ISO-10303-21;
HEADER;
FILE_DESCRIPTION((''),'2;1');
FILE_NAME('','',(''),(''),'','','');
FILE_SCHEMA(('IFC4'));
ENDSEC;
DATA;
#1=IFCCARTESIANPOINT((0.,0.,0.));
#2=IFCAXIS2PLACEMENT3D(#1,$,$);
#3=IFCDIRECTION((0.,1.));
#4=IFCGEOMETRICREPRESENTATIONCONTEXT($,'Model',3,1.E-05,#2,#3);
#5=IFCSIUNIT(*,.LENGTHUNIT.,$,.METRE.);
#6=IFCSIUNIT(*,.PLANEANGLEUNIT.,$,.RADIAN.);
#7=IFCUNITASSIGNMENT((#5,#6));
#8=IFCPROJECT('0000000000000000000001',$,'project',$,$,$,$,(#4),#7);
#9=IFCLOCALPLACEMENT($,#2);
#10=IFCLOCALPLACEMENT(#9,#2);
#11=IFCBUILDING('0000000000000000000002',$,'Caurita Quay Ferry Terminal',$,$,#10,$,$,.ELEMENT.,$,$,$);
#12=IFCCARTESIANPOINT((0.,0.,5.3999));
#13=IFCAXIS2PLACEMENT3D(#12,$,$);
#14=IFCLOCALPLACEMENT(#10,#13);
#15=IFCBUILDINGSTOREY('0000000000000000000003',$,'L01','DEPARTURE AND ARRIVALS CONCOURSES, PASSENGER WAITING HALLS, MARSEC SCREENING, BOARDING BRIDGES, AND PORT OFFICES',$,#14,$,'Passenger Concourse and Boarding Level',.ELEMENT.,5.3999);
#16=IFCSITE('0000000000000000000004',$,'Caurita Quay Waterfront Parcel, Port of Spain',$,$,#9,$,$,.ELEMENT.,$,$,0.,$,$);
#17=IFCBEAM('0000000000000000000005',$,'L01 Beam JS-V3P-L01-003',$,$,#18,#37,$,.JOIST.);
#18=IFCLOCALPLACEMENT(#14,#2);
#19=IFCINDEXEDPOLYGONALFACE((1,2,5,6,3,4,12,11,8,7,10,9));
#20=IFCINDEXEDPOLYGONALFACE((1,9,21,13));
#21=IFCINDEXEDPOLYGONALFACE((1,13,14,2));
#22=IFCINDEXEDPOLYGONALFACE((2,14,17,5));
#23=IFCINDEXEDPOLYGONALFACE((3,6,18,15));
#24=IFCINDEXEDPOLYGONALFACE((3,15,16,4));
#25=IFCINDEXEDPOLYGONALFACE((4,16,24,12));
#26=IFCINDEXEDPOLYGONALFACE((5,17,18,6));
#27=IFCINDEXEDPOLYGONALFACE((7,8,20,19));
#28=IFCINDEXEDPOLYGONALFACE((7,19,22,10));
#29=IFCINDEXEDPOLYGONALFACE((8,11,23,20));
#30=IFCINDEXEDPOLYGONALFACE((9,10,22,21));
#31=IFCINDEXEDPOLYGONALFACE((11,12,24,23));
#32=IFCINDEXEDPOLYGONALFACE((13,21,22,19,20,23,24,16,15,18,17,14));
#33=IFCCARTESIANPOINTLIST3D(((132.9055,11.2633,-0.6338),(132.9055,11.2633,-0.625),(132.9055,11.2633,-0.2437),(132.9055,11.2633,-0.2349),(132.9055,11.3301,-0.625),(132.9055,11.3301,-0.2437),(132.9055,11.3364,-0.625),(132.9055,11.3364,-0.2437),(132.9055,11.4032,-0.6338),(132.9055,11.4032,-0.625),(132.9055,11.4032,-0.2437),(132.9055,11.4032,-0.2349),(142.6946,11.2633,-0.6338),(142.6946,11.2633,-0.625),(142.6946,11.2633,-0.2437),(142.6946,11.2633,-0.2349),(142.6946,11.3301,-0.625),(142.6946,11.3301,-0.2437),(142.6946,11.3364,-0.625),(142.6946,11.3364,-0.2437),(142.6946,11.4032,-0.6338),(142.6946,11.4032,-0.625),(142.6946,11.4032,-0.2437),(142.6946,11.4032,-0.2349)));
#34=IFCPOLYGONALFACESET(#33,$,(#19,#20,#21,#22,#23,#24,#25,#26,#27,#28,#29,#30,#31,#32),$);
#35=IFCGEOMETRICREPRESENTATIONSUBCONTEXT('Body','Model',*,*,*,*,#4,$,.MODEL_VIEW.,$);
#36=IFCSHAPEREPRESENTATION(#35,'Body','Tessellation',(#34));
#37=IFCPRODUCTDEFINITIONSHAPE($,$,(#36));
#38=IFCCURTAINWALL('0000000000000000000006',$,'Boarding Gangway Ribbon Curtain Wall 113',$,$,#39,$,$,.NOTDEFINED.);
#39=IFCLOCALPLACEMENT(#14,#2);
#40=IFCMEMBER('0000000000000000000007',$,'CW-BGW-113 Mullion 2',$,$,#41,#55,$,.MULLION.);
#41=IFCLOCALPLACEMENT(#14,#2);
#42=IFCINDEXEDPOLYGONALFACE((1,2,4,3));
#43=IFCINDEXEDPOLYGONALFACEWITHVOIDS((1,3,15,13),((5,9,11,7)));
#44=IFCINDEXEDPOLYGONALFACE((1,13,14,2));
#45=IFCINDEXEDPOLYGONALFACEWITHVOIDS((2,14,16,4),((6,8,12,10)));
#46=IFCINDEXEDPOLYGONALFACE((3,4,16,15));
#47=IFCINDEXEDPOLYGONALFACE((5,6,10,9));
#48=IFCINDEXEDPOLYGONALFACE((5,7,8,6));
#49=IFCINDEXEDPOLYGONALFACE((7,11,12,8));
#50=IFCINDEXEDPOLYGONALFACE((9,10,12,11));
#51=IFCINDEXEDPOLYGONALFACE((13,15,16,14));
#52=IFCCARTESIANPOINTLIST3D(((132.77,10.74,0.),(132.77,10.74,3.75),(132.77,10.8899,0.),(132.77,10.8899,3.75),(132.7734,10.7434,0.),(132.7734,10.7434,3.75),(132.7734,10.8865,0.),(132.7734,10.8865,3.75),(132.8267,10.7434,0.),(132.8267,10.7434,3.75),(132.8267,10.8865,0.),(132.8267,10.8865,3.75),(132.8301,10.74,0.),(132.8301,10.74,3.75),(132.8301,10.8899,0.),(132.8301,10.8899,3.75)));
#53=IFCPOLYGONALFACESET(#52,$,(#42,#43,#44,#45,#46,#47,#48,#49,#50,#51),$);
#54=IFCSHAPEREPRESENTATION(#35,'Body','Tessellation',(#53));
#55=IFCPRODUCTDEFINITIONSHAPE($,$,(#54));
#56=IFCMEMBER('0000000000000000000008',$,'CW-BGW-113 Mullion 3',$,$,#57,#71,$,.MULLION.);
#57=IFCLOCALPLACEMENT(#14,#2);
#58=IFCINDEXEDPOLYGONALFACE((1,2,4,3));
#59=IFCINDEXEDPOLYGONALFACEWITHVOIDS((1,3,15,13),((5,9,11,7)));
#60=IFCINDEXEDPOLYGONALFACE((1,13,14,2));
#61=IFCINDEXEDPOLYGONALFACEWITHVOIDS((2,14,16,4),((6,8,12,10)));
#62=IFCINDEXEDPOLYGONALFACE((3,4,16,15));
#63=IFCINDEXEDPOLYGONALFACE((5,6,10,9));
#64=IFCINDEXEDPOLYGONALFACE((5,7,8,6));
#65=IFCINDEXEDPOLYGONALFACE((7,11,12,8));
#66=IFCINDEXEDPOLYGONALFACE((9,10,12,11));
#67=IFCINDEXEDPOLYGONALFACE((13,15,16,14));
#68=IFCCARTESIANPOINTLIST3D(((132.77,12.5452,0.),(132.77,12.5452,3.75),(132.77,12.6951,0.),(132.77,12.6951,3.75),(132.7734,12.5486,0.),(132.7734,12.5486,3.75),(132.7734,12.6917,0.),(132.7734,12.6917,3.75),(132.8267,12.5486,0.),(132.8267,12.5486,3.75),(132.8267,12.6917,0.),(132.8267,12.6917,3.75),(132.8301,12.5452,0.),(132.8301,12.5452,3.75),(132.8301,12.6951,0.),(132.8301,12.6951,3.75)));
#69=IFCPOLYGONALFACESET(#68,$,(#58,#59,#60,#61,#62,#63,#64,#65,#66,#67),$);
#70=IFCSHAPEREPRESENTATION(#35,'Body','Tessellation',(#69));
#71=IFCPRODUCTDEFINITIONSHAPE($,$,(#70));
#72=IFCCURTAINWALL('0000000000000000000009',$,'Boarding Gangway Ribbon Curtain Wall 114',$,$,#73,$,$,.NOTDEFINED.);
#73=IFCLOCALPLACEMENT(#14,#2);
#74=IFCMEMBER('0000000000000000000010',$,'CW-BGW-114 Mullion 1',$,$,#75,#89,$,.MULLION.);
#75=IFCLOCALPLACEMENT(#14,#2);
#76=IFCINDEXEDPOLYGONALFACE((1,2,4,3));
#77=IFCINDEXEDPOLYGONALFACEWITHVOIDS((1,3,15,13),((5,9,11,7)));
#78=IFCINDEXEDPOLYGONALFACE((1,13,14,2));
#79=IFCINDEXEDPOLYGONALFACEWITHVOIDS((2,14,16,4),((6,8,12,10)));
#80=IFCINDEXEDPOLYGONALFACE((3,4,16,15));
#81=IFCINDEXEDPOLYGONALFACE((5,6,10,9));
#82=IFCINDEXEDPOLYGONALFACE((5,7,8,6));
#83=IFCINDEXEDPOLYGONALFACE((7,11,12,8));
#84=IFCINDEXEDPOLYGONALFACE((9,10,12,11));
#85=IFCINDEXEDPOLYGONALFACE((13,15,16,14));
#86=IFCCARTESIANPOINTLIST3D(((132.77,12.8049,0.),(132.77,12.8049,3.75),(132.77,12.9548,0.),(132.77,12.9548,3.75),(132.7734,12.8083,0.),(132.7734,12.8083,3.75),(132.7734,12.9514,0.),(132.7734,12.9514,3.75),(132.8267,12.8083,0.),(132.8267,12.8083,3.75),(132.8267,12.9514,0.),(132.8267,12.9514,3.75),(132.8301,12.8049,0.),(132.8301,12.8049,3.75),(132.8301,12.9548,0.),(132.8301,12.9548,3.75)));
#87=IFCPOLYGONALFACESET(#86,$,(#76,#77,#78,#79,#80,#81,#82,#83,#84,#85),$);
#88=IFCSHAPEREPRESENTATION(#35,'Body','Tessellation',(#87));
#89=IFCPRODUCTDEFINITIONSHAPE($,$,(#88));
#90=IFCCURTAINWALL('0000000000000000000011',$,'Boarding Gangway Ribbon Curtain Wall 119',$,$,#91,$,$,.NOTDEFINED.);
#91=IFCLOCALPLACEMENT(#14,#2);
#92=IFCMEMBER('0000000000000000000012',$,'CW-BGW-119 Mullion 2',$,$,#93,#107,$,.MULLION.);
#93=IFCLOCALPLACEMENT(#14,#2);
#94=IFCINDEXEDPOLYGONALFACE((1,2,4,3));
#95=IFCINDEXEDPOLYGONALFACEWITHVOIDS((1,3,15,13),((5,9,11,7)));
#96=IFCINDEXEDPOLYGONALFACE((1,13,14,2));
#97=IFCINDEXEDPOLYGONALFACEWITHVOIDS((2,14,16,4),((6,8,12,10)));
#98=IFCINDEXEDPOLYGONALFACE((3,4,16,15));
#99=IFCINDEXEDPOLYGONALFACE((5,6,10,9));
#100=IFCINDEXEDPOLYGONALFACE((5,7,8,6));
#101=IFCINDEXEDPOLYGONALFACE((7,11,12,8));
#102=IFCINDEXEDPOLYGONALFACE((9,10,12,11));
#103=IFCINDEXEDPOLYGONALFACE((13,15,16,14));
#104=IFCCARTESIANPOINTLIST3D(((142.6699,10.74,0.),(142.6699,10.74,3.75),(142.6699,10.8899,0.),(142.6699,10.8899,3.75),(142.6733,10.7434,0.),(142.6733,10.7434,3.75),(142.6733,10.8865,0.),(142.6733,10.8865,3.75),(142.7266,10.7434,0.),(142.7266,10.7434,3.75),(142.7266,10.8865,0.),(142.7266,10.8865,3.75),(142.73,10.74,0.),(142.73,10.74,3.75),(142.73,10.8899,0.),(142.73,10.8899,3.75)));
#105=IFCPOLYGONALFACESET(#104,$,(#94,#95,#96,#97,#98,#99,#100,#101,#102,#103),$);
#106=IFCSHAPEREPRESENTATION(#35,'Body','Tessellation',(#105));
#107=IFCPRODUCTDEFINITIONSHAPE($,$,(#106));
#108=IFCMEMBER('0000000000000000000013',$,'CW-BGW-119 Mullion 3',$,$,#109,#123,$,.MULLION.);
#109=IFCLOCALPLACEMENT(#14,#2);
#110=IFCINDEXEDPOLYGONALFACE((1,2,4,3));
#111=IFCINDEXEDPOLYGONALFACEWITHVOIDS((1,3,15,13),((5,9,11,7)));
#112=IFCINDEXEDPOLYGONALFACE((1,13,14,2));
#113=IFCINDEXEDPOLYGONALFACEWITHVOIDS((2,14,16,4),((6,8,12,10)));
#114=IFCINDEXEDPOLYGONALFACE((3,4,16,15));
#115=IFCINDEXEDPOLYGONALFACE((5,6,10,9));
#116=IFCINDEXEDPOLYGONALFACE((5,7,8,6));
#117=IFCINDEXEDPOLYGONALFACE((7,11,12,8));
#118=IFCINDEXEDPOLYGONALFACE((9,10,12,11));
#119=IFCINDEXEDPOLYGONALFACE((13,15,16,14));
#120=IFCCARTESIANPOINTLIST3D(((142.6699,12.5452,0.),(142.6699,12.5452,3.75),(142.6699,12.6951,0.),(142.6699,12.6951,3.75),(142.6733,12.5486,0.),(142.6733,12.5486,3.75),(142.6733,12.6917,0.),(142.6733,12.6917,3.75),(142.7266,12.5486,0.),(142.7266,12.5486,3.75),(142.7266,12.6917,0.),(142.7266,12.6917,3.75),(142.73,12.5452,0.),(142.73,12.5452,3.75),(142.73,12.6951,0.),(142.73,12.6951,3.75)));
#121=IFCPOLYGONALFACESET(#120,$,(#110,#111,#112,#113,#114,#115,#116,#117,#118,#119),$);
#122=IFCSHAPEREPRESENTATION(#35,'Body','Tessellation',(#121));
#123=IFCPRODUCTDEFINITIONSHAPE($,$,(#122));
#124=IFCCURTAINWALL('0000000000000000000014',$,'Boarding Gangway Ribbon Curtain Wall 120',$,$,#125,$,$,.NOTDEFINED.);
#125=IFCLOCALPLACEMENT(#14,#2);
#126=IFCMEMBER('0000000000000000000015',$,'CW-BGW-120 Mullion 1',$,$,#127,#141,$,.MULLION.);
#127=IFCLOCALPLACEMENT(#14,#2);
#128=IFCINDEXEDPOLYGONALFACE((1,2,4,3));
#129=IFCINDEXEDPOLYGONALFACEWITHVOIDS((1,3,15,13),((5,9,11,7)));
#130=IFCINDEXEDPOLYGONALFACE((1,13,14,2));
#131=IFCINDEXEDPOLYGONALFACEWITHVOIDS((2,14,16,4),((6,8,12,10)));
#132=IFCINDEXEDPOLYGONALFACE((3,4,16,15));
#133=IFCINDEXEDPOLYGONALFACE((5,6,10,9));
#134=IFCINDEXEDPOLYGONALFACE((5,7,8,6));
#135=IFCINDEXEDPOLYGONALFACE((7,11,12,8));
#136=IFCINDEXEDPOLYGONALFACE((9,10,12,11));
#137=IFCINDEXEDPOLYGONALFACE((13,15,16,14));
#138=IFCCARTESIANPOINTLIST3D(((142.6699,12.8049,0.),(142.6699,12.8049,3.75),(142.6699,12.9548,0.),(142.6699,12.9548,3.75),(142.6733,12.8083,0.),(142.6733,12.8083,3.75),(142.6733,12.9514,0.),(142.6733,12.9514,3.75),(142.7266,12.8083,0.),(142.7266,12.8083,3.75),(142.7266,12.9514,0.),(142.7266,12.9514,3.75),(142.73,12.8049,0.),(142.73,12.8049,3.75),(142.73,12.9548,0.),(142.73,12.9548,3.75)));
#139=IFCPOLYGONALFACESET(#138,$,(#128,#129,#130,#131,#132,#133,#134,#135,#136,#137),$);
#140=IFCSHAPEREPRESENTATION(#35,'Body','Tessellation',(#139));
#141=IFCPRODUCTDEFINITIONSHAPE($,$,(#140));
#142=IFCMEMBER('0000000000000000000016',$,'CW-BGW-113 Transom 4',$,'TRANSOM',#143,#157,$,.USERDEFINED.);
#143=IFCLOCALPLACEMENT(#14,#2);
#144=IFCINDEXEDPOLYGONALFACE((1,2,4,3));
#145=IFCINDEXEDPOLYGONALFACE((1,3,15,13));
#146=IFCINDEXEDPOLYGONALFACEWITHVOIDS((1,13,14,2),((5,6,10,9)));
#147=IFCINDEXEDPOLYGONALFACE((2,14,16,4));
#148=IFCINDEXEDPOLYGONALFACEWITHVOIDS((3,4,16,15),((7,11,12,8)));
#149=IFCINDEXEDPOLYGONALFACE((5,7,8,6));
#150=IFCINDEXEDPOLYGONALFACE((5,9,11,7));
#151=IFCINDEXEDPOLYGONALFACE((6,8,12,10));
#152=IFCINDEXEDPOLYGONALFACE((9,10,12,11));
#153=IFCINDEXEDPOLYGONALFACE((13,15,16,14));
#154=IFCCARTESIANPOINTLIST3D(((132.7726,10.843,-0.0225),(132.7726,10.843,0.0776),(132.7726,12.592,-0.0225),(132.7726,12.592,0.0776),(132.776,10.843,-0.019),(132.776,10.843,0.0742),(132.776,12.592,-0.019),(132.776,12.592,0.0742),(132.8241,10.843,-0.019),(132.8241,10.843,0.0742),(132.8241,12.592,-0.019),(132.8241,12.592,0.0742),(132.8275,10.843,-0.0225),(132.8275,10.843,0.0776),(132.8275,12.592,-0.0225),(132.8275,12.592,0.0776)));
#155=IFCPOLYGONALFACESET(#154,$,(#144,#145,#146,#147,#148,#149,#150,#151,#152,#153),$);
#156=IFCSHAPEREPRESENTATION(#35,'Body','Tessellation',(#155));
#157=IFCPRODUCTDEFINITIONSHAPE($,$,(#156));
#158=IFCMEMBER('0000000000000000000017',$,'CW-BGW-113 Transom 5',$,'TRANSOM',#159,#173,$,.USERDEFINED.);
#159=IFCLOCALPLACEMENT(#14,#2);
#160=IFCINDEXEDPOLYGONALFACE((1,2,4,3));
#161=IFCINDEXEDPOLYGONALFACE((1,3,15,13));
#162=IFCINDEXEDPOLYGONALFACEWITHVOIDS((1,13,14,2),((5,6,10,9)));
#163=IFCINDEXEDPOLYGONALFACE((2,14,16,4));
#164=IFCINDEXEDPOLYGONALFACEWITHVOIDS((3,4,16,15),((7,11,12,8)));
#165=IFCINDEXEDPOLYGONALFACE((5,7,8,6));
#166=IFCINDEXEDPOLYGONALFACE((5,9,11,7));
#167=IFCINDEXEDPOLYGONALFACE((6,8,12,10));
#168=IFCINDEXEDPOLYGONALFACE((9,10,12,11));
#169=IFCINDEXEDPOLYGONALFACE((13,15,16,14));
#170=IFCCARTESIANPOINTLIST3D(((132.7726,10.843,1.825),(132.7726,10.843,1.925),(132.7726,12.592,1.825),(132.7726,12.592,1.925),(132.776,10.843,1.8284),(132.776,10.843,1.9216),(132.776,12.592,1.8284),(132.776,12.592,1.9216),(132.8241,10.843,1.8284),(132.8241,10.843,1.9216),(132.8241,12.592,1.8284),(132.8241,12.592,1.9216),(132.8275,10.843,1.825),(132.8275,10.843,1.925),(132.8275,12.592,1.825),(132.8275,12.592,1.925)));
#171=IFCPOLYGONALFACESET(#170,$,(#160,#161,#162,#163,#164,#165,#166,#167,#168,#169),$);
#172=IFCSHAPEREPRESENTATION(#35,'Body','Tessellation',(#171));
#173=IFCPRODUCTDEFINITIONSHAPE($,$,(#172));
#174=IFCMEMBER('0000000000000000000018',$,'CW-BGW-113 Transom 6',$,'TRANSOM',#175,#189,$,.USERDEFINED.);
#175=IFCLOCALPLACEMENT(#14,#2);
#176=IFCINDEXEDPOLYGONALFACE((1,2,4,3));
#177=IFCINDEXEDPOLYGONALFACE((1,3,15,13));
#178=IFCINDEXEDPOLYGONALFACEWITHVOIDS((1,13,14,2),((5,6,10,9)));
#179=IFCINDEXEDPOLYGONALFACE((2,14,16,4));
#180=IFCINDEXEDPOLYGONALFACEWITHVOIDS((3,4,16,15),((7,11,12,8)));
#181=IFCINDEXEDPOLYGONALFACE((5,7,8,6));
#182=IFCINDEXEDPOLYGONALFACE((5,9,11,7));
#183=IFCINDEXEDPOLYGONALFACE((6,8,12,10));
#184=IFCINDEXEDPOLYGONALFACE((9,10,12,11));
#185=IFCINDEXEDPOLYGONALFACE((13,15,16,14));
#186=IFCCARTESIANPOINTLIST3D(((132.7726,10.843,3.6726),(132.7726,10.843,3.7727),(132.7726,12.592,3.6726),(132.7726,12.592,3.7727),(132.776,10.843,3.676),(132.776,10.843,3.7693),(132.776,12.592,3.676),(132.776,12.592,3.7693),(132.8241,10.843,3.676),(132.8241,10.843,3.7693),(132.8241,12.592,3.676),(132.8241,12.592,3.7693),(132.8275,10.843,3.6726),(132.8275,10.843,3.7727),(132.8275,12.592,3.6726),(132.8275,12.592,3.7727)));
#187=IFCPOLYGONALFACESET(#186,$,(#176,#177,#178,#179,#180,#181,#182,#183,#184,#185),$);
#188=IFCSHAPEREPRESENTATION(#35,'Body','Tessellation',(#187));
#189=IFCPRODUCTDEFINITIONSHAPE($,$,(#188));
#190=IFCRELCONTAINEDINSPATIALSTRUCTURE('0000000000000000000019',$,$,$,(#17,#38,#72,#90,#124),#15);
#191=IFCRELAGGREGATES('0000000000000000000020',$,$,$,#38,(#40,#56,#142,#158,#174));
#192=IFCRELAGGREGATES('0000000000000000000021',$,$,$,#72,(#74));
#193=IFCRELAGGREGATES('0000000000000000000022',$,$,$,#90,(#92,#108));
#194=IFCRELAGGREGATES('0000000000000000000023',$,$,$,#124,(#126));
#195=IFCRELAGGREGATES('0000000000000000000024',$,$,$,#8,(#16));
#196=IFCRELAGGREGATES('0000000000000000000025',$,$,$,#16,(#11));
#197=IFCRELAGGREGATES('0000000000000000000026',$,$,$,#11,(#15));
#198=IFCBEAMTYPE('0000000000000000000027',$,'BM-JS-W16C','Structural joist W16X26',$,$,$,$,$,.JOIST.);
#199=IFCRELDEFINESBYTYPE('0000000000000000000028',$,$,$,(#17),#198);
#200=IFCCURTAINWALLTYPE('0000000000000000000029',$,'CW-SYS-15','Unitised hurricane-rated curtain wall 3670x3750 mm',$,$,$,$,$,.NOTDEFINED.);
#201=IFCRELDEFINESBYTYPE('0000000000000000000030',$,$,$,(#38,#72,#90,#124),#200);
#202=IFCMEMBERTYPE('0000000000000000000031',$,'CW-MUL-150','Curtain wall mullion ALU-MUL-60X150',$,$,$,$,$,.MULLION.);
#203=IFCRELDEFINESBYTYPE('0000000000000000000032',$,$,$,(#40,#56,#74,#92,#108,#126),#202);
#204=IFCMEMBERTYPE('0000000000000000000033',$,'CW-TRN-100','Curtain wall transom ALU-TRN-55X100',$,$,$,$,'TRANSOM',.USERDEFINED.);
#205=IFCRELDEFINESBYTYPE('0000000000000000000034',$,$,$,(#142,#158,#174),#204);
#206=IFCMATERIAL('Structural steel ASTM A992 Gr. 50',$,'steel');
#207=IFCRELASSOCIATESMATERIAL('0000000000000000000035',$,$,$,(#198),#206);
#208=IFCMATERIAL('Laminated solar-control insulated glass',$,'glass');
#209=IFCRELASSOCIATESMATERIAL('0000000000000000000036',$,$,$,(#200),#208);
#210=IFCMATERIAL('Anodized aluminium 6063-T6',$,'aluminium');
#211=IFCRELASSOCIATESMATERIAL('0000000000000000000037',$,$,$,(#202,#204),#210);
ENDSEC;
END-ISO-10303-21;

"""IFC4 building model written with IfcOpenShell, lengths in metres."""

from ifc_helpers import new_model, si_unit, direction, frame, origin, origin_2d, place, context, subcontext, project, spatial, hollow_rectangle, i_section, extrude, material, material_profile, profile_set, type_object, element, aggregate, save


model = new_model("IFC4")

# Units and contexts
model_context = context("Model", 3, precision=1e-05, world=origin(), true_north=direction((0.0, 1.0)))
body_context = subcontext(model_context, "Body", "Model", "MODEL_VIEW")
ifc_project = project(units=[si_unit("LENGTHUNIT", "METRE"), si_unit("PLANEANGLEUNIT", "RADIAN")], contexts=[model_context])

# Site, building, storey
site_placement = place(None, origin())
site = spatial("IfcSite", under=ifc_project, at=site_placement, Name="Caurita Quay Waterfront Parcel, Port of Spain", CompositionType="ELEMENT", RefElevation=0.0)
building_placement = place(site_placement, origin())
building = spatial("IfcBuilding", under=site, at=building_placement, Name="Caurita Quay Ferry Terminal", CompositionType="ELEMENT")
storey_placement = place(building_placement, frame((0.0, 0.0, 5.3999)))
storey = spatial("IfcBuildingStorey", under=building, at=storey_placement, Name="L01", Description="DEPARTURE AND ARRIVALS CONCOURSES, PASSENGER WAITING HALLS, MARSEC SCREENING, BOARDING BRIDGES, AND PORT OFFICES", LongName="Passenger Concourse and Boarding Level", CompositionType="ELEMENT", Elevation=5.3999)

# Beam
ifc_material_1 = material(Name="Structural steel ASTM A992 Gr. 50", Category="steel")
ifc_material_profile_1 = material_profile(ifc_material_1, i_section(OverallWidth=0.1399, OverallDepth=0.3989, WebThickness=0.0063, FlangeThickness=0.0088, at=origin_2d()), Name="W16X26")
ifc_profile_set_1 = profile_set([ifc_material_profile_1], Name="Structural steel ASTM A992 Gr. 50")
beam_type = type_object("IfcBeamType", Name="BM-JS-W16C", Description="Structural joist W16X26", PredefinedType="JOIST", material=ifc_profile_set_1)
beam_placement = place(storey_placement, frame((132.9055, 11.3333, -0.4343), z_axis=(1.0, 0.0, 0.0), x_axis=(0.0, 1.0, 0.0)))
element("IfcBeam", 1, at=beam_placement, inside=storey, type_object=beam_type, Name="L01 Beam JS-V3P-L01-003", PredefinedType="JOIST", context=body_context, shape_type="SweptSolid", body=[
    extrude(i_section(OverallWidth=0.1399, OverallDepth=0.3989, WebThickness=0.0063, FlangeThickness=0.0088, at=origin_2d()), origin(), (0.0, 0.0, 1.0), 9.7891),
])

# Curtain wall, members
ifc_material_2 = material(Name="Laminated solar-control insulated glass", Category="glass")
curtain_wall_type = type_object("IfcCurtainWallType", Name="CW-SYS-15", Description="Unitised hurricane-rated curtain wall 3670x3750 mm", PredefinedType="NOTDEFINED", material=ifc_material_2)
curtain_wall_1_placement = place(storey_placement, origin())
curtain_wall_1 = element("IfcCurtainWall", 2, at=curtain_wall_1_placement, inside=storey, type_object=curtain_wall_type, Name="Boarding Gangway Ribbon Curtain Wall 113", PredefinedType="NOTDEFINED")
ifc_material_3 = material(Name="Anodized aluminium 6063-T6", Category="aluminium")
ifc_material_profile_2 = material_profile(ifc_material_3, hollow_rectangle(XDim=0.0601, YDim=0.1499, WallThickness=0.0034, at=origin_2d()), Name="ALU-MUL-60X150")
ifc_profile_set_2 = profile_set([ifc_material_profile_2], Name="Anodized aluminium 6063-T6")
member_type_1 = type_object("IfcMemberType", Name="CW-MUL-150", Description="Curtain wall mullion ALU-MUL-60X150", PredefinedType="MULLION", material=ifc_profile_set_2)
member_1_placement = place(storey_placement, frame((132.8, 10.8149, 0.0), z_axis=(0.0, 0.0, 1.0), x_axis=(-1.0, 0.0, 0.0)))
member_1 = element("IfcMember", 3, at=member_1_placement, type_object=member_type_1, Name="CW-BGW-113 Mullion 2", PredefinedType="MULLION", context=body_context, shape_type="SweptSolid", body=[
    extrude(hollow_rectangle(XDim=0.0601, YDim=0.1499, WallThickness=0.0034, at=origin_2d()), origin(), (0.0, 0.0, 1.0), 3.75),
])
member_2_placement = place(storey_placement, frame((132.8, 12.6201, 0.0), z_axis=(0.0, 0.0, 1.0), x_axis=(-1.0, 0.0, 0.0)))
member_2 = element("IfcMember", 4, at=member_2_placement, type_object=member_type_1, Name="CW-BGW-113 Mullion 3", PredefinedType="MULLION", context=body_context, shape_type="SweptSolid", body=[
    extrude(hollow_rectangle(XDim=0.0601, YDim=0.1499, WallThickness=0.0034, at=origin_2d()), origin(), (0.0, 0.0, 1.0), 3.75),
])

# Curtain wall, member
curtain_wall_2_placement = place(storey_placement, origin())
curtain_wall_2 = element("IfcCurtainWall", 5, at=curtain_wall_2_placement, inside=storey, type_object=curtain_wall_type, Name="Boarding Gangway Ribbon Curtain Wall 114", PredefinedType="NOTDEFINED")
member_3_placement = place(storey_placement, frame((132.8, 12.8799, 0.0), z_axis=(0.0, 0.0, 1.0), x_axis=(-1.0, 0.0, 0.0)))
member_3 = element("IfcMember", 6, at=member_3_placement, type_object=member_type_1, Name="CW-BGW-114 Mullion 1", PredefinedType="MULLION", context=body_context, shape_type="SweptSolid", body=[
    extrude(hollow_rectangle(XDim=0.0601, YDim=0.1499, WallThickness=0.0034, at=origin_2d()), origin(), (0.0, 0.0, 1.0), 3.75),
])

# Curtain wall, members
curtain_wall_3_placement = place(storey_placement, origin())
curtain_wall_3 = element("IfcCurtainWall", 7, at=curtain_wall_3_placement, inside=storey, type_object=curtain_wall_type, Name="Boarding Gangway Ribbon Curtain Wall 119", PredefinedType="NOTDEFINED")
member_4_placement = place(storey_placement, frame((142.7, 10.8149, 0.0), z_axis=(0.0, 0.0, 1.0), x_axis=(-1.0, 0.0, 0.0)))
member_4 = element("IfcMember", 8, at=member_4_placement, type_object=member_type_1, Name="CW-BGW-119 Mullion 2", PredefinedType="MULLION", context=body_context, shape_type="SweptSolid", body=[
    extrude(hollow_rectangle(XDim=0.0601, YDim=0.1499, WallThickness=0.0034, at=origin_2d()), origin(), (0.0, 0.0, 1.0), 3.75),
])
member_5_placement = place(storey_placement, frame((142.7, 12.6201, 0.0), z_axis=(0.0, 0.0, 1.0), x_axis=(-1.0, 0.0, 0.0)))
member_5 = element("IfcMember", 9, at=member_5_placement, type_object=member_type_1, Name="CW-BGW-119 Mullion 3", PredefinedType="MULLION", context=body_context, shape_type="SweptSolid", body=[
    extrude(hollow_rectangle(XDim=0.0601, YDim=0.1499, WallThickness=0.0034, at=origin_2d()), origin(), (0.0, 0.0, 1.0), 3.75),
])

# Curtain wall, member
curtain_wall_4_placement = place(storey_placement, origin())
curtain_wall_4 = element("IfcCurtainWall", 10, at=curtain_wall_4_placement, inside=storey, type_object=curtain_wall_type, Name="Boarding Gangway Ribbon Curtain Wall 120", PredefinedType="NOTDEFINED")
member_6_placement = place(storey_placement, frame((142.7, 12.8799, 0.0), z_axis=(0.0, 0.0, 1.0), x_axis=(-1.0, 0.0, 0.0)))
member_6 = element("IfcMember", 11, at=member_6_placement, type_object=member_type_1, Name="CW-BGW-120 Mullion 1", PredefinedType="MULLION", context=body_context, shape_type="SweptSolid", body=[
    extrude(hollow_rectangle(XDim=0.0601, YDim=0.1499, WallThickness=0.0034, at=origin_2d()), origin(), (0.0, 0.0, 1.0), 3.75),
])

# Members
ifc_material_profile_3 = material_profile(ifc_material_3, hollow_rectangle(XDim=0.0549, YDim=0.1001, WallThickness=0.0034, at=origin_2d()), Name="ALU-TRN-55X100")
ifc_profile_set_3 = profile_set([ifc_material_profile_3], Name="Anodized aluminium 6063-T6")
member_type_2 = type_object("IfcMemberType", Name="CW-TRN-100", Description="Curtain wall transom ALU-TRN-55X100", ElementType="TRANSOM", PredefinedType="USERDEFINED", material=ifc_profile_set_3)
member_7_placement = place(storey_placement, frame((132.8, 10.843, 0.0276), z_axis=(0.0, 1.0, 0.0), x_axis=(-1.0, 0.0, 0.0)))
member_7 = element("IfcMember", 12, at=member_7_placement, type_object=member_type_2, Name="CW-BGW-113 Transom 4", ObjectType="TRANSOM", PredefinedType="USERDEFINED", context=body_context, shape_type="SweptSolid", body=[
    extrude(hollow_rectangle(XDim=0.0549, YDim=0.1001, WallThickness=0.0034, at=origin_2d()), origin(), (0.0, 0.0, 1.0), 1.749),
])
member_8_placement = place(storey_placement, frame((132.8, 10.843, 1.875), z_axis=(0.0, 1.0, 0.0), x_axis=(-1.0, 0.0, 0.0)))
member_8 = element("IfcMember", 13, at=member_8_placement, type_object=member_type_2, Name="CW-BGW-113 Transom 5", ObjectType="TRANSOM", PredefinedType="USERDEFINED", context=body_context, shape_type="SweptSolid", body=[
    extrude(hollow_rectangle(XDim=0.0549, YDim=0.1001, WallThickness=0.0034, at=origin_2d()), origin(), (0.0, 0.0, 1.0), 1.749),
])
member_9_placement = place(storey_placement, frame((132.8, 10.843, 3.7227), z_axis=(0.0, 1.0, 0.0), x_axis=(-1.0, 0.0, 0.0)))
member_9 = element("IfcMember", 14, at=member_9_placement, type_object=member_type_2, Name="CW-BGW-113 Transom 6", ObjectType="TRANSOM", PredefinedType="USERDEFINED", context=body_context, shape_type="SweptSolid", body=[
    extrude(hollow_rectangle(XDim=0.0549, YDim=0.1001, WallThickness=0.0034, at=origin_2d()), origin(), (0.0, 0.0, 1.0), 1.749),
])

aggregate(curtain_wall_1, [member_1, member_2, member_7, member_8, member_9])
aggregate(curtain_wall_2, [member_3])
aggregate(curtain_wall_3, [member_4, member_5])
aggregate(curtain_wall_4, [member_6])

save(model, "model.ifc")
